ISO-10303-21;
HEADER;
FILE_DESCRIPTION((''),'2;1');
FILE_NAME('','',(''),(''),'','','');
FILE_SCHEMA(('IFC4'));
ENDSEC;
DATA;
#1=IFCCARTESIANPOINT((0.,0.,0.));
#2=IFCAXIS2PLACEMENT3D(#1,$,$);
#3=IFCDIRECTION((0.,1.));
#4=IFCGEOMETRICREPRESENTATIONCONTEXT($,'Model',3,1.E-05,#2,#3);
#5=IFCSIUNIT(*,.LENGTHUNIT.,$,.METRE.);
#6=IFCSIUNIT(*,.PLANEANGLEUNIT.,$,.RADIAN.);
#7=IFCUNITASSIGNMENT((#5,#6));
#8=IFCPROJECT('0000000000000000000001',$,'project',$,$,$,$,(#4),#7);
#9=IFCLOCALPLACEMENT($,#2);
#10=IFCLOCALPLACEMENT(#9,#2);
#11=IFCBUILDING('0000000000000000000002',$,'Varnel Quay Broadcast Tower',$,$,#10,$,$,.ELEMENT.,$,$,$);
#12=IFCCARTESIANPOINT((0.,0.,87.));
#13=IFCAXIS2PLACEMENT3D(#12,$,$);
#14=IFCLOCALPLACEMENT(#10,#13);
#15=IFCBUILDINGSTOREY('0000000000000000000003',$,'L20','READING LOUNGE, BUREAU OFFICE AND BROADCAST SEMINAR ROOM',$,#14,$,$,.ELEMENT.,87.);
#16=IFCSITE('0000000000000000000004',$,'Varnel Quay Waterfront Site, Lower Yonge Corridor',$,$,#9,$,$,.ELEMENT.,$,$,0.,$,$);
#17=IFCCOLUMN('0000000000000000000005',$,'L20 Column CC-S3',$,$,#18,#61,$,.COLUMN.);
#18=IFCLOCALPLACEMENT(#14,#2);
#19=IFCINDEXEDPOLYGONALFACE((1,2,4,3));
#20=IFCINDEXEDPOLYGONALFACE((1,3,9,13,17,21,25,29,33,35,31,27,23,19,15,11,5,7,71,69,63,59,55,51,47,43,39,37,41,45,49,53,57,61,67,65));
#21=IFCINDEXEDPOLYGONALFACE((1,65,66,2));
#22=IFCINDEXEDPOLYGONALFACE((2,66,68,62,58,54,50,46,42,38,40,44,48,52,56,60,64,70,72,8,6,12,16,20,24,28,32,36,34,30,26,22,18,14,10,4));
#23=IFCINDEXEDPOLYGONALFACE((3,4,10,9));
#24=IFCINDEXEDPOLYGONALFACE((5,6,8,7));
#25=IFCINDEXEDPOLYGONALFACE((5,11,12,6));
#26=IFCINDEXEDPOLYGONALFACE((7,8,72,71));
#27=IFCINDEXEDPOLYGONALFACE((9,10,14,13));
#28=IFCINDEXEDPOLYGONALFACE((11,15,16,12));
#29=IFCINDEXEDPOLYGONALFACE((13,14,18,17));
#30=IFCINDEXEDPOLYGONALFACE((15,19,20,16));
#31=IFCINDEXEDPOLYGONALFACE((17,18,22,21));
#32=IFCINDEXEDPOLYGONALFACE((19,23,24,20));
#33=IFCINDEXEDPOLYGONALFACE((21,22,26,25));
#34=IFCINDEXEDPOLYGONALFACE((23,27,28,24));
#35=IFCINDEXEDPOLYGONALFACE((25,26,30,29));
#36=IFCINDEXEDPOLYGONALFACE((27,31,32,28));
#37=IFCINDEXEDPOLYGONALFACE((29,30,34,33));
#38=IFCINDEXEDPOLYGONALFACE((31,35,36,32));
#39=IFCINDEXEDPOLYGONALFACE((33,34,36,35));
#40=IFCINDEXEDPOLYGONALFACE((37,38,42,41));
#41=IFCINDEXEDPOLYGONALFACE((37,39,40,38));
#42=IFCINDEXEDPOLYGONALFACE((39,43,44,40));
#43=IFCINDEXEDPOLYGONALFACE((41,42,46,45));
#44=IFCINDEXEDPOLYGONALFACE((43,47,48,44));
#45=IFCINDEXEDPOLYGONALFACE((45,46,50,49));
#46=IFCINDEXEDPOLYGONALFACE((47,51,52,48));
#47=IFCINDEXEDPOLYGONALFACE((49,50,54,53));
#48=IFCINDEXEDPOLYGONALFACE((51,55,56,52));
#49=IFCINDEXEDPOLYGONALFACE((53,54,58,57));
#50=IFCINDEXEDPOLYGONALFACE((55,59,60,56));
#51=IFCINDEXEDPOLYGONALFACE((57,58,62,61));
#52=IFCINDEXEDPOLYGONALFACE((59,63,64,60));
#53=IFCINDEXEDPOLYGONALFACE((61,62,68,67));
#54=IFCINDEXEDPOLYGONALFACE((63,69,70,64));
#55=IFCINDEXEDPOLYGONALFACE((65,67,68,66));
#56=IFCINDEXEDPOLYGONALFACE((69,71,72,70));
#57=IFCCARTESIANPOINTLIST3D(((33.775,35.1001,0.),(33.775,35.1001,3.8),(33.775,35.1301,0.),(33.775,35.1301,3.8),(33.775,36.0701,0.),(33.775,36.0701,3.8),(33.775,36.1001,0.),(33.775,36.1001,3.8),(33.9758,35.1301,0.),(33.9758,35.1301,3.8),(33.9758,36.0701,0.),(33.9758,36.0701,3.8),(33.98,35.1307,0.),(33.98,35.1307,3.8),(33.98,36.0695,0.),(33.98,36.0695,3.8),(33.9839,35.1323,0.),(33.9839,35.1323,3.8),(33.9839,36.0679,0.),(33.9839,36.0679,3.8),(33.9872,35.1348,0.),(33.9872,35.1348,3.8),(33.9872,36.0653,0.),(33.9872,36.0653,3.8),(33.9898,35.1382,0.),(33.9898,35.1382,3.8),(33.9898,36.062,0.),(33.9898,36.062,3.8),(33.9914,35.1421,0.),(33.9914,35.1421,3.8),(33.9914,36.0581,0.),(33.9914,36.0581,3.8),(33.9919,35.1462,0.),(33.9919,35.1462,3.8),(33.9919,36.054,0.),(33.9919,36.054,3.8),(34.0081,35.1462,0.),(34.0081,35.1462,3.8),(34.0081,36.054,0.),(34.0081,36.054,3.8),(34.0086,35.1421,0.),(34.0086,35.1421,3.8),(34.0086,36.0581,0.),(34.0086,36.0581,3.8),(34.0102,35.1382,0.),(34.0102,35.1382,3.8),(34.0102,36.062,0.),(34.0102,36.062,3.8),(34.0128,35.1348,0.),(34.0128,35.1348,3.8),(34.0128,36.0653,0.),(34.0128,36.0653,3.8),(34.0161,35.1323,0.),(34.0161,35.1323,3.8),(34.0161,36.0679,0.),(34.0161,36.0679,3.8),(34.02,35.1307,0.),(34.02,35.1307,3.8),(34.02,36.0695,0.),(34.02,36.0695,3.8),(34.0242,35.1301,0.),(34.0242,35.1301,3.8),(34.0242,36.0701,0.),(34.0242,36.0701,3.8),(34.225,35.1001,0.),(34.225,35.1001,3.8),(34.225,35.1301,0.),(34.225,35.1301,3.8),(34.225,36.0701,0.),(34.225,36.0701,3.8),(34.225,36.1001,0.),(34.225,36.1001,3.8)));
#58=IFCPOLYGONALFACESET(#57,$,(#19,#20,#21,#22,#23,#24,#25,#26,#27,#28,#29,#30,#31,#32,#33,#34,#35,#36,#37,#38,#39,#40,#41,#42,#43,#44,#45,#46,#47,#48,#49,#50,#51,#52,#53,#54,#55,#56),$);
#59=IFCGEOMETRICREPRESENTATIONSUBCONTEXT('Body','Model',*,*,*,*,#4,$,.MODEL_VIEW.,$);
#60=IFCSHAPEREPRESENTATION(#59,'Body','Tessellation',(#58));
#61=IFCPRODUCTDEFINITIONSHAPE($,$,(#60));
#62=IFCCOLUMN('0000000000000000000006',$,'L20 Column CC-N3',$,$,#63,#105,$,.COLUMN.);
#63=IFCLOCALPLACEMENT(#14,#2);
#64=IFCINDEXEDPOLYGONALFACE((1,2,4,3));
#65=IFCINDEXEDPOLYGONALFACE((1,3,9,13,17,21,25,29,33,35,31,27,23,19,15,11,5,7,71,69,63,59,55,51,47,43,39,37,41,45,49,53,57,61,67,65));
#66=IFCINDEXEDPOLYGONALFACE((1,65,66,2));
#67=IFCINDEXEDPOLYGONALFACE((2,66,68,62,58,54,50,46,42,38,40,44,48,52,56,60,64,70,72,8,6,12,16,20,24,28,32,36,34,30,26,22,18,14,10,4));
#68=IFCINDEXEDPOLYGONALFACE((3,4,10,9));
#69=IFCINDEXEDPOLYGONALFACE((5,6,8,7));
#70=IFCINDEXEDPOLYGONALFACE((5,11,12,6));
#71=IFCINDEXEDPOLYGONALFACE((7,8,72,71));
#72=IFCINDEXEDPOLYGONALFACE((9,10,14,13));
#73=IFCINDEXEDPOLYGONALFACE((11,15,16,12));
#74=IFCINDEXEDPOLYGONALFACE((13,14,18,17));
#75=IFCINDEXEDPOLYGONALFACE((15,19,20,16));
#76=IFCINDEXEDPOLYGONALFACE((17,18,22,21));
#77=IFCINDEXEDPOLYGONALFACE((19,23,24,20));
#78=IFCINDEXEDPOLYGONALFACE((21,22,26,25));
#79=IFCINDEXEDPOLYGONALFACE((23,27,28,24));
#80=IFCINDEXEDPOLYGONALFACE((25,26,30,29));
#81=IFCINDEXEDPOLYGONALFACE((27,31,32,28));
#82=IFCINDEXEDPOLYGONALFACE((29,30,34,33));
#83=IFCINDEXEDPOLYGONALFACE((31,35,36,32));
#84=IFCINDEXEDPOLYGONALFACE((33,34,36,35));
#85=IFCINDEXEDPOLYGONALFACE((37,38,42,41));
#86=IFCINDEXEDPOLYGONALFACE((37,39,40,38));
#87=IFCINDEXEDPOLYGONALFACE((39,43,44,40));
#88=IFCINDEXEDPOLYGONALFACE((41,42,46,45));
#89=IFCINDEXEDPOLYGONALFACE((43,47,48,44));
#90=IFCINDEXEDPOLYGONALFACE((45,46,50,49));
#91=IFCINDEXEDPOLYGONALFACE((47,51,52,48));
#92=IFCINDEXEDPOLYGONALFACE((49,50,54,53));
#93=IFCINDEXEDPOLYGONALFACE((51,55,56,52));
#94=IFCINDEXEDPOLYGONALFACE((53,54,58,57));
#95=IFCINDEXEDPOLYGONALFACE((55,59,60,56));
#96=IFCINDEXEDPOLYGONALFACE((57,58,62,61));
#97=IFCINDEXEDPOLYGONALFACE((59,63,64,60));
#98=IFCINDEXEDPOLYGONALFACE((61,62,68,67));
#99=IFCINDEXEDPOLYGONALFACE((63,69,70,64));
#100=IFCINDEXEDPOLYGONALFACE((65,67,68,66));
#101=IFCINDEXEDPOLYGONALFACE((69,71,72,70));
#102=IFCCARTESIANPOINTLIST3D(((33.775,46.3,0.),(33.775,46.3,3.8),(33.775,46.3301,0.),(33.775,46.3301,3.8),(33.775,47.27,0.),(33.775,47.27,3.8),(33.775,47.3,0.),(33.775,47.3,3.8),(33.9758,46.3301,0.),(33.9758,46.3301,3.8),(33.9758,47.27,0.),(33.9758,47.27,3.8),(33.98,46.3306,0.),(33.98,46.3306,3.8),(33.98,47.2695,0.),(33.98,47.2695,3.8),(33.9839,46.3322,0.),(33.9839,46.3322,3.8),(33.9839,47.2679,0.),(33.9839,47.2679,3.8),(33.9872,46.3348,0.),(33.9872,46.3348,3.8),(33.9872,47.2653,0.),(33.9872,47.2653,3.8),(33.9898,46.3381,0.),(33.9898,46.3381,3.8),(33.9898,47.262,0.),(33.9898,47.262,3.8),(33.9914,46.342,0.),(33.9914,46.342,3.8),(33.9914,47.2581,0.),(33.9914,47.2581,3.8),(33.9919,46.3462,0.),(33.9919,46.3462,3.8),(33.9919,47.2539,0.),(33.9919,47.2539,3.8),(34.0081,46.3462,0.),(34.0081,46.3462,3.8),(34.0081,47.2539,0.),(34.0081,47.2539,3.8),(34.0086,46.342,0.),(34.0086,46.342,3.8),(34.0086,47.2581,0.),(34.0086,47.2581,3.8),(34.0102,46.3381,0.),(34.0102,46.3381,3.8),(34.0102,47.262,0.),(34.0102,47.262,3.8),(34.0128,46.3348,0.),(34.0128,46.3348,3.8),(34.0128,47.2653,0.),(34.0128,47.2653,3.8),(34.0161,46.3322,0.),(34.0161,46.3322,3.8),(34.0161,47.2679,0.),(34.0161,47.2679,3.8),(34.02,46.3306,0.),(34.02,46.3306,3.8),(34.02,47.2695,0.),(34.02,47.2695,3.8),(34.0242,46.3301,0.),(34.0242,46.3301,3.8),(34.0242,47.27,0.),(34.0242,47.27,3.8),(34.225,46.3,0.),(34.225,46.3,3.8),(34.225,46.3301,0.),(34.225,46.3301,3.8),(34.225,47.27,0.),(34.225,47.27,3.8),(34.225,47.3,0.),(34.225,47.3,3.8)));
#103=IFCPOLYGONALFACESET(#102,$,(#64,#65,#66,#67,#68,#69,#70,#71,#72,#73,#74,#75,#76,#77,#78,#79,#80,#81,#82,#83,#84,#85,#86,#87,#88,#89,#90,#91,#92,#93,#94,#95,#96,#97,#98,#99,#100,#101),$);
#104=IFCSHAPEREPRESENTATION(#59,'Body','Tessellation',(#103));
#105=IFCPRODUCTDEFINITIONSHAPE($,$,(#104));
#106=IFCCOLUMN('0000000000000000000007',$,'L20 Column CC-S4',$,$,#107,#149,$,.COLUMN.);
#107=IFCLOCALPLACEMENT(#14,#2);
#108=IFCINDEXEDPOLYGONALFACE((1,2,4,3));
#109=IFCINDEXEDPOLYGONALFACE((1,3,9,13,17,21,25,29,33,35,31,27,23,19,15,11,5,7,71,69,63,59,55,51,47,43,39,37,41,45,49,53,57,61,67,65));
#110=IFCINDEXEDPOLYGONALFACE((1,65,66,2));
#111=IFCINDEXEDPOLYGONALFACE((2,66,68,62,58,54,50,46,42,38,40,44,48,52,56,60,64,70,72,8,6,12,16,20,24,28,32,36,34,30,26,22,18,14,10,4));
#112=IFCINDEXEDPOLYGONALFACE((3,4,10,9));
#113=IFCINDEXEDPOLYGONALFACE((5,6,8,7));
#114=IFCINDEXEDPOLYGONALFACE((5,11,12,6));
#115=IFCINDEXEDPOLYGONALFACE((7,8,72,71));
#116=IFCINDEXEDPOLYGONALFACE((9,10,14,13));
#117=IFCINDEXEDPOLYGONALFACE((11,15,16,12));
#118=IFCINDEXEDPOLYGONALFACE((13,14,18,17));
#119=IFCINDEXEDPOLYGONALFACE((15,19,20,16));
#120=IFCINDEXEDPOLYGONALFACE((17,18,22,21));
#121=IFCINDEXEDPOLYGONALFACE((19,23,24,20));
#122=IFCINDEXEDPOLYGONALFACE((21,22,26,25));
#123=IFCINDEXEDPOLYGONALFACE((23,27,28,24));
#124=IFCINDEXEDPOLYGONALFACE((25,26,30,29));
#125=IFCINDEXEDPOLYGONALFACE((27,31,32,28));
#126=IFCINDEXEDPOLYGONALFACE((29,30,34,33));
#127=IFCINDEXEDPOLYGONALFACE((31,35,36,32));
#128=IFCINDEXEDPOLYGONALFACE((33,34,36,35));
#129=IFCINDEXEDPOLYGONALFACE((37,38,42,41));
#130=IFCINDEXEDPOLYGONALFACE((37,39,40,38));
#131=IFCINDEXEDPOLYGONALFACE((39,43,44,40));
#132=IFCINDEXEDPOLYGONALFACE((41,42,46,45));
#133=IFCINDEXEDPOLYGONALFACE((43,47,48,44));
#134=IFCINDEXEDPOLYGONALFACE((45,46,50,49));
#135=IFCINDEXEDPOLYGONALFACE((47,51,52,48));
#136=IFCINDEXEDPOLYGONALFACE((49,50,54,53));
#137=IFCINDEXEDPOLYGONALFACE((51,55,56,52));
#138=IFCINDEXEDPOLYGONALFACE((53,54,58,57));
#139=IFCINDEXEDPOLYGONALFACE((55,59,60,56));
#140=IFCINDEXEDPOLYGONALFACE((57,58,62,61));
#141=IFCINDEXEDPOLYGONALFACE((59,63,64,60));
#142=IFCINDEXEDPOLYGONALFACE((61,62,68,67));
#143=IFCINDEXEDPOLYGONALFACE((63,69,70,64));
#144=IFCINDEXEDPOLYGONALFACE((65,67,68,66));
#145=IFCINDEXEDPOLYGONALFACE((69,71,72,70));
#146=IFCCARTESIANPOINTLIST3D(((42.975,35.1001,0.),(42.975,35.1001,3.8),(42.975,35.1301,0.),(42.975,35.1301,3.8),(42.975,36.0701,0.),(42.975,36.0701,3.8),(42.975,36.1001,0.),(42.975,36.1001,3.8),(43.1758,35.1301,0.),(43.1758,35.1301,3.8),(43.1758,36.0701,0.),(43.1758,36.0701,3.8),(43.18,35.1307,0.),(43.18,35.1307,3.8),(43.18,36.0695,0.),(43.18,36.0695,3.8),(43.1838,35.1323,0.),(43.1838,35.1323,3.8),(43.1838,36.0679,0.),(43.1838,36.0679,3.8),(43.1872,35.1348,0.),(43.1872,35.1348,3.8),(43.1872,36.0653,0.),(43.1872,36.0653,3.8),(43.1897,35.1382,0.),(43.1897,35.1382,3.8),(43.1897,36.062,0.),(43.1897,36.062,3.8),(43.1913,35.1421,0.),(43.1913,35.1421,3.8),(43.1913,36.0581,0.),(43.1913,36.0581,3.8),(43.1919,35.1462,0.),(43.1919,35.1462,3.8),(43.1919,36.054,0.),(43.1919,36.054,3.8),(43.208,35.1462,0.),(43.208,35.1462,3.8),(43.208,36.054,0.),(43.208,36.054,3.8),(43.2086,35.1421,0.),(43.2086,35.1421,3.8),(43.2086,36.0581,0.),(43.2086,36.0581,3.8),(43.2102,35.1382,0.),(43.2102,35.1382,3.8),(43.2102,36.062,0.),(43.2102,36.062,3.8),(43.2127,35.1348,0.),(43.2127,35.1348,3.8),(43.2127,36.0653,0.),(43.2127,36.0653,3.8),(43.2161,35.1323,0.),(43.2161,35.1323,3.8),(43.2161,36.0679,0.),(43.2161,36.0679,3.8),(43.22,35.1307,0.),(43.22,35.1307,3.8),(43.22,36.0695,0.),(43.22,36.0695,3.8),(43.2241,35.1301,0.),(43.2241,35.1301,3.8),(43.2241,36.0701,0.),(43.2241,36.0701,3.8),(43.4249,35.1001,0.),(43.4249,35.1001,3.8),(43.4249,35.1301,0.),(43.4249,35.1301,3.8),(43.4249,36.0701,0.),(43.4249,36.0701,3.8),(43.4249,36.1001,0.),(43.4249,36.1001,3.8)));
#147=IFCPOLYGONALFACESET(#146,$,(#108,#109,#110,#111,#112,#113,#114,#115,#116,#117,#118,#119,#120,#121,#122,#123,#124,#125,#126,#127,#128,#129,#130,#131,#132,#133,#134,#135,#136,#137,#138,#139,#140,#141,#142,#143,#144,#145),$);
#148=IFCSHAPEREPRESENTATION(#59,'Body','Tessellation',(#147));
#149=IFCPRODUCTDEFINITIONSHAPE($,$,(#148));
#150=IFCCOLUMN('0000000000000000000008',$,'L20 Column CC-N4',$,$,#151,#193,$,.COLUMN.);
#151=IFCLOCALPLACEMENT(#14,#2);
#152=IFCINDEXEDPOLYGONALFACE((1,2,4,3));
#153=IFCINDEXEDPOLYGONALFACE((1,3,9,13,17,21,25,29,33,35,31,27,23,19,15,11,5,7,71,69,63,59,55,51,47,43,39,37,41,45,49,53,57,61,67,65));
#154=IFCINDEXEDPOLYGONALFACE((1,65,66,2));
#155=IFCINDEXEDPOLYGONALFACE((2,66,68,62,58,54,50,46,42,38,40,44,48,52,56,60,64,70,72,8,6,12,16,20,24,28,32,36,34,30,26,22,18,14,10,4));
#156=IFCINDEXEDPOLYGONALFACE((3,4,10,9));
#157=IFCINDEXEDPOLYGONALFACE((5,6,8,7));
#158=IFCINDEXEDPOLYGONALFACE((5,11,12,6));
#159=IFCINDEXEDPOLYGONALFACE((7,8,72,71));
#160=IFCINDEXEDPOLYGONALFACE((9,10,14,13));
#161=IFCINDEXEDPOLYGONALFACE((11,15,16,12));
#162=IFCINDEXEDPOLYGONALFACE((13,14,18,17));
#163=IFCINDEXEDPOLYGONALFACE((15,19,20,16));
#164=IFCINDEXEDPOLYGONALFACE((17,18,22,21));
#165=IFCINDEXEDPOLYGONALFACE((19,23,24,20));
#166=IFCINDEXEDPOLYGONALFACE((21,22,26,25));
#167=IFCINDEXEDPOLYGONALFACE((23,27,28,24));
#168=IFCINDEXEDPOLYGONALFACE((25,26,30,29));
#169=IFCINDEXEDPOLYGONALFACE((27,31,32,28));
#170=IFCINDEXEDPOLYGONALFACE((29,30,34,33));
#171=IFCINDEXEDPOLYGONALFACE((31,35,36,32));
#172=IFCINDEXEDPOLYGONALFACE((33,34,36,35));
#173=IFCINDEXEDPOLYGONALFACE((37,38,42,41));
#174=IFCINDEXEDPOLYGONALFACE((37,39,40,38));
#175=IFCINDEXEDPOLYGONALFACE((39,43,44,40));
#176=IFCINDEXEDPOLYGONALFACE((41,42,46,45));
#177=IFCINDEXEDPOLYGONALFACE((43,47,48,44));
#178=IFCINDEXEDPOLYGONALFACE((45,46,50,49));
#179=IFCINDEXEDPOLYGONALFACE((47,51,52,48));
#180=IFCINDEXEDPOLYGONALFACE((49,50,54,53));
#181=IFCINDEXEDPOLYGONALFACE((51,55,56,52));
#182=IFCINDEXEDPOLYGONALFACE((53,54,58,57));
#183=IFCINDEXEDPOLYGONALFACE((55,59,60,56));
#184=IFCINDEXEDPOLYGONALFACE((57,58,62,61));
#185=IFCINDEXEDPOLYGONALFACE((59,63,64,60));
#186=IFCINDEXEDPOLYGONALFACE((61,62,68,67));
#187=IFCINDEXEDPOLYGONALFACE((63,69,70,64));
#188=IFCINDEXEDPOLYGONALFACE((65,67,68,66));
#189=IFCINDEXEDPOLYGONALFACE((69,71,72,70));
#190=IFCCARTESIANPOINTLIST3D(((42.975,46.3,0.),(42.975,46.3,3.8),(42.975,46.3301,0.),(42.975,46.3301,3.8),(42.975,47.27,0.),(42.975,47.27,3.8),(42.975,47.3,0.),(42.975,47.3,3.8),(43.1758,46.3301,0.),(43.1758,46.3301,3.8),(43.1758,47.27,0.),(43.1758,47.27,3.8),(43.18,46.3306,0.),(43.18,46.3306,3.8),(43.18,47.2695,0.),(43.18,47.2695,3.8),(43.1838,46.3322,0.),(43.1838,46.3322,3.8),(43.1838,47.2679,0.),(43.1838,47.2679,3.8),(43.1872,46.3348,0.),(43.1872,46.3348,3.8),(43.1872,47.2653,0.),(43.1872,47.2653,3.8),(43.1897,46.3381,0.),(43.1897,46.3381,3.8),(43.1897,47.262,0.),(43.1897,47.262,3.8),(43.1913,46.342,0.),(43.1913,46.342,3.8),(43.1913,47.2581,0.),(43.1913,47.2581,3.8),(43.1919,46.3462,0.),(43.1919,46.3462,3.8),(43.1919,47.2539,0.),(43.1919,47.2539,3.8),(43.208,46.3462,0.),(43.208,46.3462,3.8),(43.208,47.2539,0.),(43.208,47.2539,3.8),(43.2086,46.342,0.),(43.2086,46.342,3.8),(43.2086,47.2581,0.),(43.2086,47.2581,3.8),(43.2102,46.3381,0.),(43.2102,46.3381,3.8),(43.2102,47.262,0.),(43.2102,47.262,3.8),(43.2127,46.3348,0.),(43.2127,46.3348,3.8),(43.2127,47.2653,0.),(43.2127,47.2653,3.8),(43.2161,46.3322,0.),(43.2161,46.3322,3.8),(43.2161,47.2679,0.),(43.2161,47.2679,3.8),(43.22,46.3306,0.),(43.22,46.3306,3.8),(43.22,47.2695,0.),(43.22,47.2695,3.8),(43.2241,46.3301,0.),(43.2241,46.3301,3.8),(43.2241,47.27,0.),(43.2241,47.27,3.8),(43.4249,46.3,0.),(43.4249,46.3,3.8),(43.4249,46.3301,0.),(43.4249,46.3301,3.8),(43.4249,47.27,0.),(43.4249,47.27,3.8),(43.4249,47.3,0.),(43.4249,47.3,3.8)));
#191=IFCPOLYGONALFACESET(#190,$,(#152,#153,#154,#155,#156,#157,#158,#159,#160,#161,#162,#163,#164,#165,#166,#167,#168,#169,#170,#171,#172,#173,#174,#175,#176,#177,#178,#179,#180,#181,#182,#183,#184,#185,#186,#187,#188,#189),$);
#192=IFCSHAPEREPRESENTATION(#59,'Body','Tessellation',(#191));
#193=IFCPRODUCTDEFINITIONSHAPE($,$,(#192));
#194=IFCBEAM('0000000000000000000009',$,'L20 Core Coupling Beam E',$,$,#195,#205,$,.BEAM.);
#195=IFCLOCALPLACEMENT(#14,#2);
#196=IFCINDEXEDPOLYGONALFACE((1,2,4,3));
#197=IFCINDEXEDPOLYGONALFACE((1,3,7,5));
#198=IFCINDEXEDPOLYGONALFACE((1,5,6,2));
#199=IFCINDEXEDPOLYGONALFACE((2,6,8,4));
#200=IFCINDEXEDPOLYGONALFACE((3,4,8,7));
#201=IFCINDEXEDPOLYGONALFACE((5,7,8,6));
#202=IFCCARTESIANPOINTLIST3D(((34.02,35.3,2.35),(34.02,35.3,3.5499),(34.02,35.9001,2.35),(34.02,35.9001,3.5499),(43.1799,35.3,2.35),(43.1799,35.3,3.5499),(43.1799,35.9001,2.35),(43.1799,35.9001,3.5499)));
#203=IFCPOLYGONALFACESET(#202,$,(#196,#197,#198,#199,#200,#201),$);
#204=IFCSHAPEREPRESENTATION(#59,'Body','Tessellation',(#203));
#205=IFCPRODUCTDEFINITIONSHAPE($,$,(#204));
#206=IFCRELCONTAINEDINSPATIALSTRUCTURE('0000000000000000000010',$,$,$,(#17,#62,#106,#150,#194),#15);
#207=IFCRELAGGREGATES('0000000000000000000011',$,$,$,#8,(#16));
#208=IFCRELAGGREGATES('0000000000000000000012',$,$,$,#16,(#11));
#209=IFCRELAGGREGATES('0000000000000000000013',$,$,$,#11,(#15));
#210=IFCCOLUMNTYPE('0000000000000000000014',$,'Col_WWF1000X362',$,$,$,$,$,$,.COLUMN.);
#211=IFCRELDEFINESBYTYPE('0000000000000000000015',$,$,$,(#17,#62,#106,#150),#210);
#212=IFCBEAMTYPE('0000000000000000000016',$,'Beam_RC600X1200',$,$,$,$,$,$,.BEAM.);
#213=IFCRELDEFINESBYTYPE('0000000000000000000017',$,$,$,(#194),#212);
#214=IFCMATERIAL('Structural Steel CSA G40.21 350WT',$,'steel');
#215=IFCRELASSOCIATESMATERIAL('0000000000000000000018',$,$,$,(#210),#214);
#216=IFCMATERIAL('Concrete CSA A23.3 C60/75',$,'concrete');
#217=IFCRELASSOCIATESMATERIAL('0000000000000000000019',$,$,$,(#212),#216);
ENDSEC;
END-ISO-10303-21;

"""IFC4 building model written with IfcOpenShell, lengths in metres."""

from ifc_helpers import new_model, si_unit, direction, frame, origin, origin_2d, place, context, subcontext, project, spatial, rectangle, i_section, extrude, source, transform, mapped, material, material_profile, profile_set, type_object, type_shapes, element, save


model = new_model("IFC4")

# Units and contexts
model_context = context("Model", 3, precision=1e-05, world=origin(), true_north=direction((0.0, 1.0)))
body_context = subcontext(model_context, "Body", "Model", "MODEL_VIEW")
ifc_project = project(units=[si_unit("LENGTHUNIT", "METRE"), si_unit("PLANEANGLEUNIT", "RADIAN")], contexts=[model_context])

# Site, building, storey
site_placement = place(None, origin())
site = spatial("IfcSite", under=ifc_project, at=site_placement, Name="Varnel Quay Waterfront Site, Lower Yonge Corridor", CompositionType="ELEMENT", RefElevation=0.0)
building_placement = place(site_placement, origin())
building = spatial("IfcBuilding", under=site, at=building_placement, Name="Varnel Quay Broadcast Tower", CompositionType="ELEMENT")
storey_placement = place(building_placement, frame((0.0, 0.0, 87.0)))
storey = spatial("IfcBuildingStorey", under=building, at=storey_placement, Name="L20", Description="READING LOUNGE, BUREAU OFFICE AND BROADCAST SEMINAR ROOM", CompositionType="ELEMENT", Elevation=87.0)

# Columns
ifc_material_1 = material(Name="Structural Steel CSA G40.21 350WT", Category="steel")
ifc_material_profile_1 = material_profile(ifc_material_1, i_section(OverallWidth=0.45, OverallDepth=1.0, WebThickness=0.0161, FlangeThickness=0.03, FilletRadius=0.0161, at=origin_2d()), Name="WWF1000X362")
ifc_profile_set_1 = profile_set([ifc_material_profile_1], Name="Structural Steel CSA G40.21 350WT")
column_type = type_object("IfcColumnType", Name="Col_WWF1000X362", PredefinedType="COLUMN", material=ifc_profile_set_1)
shared_shape_1 = source(origin(), body_context, "Body", "SweptSolid", [
    extrude(i_section(OverallWidth=0.45, OverallDepth=1.0, WebThickness=0.0161, FlangeThickness=0.03, FilletRadius=0.0161, at=origin_2d()), origin(), (0.0, 0.0, 1.0), 3.8),
])
type_shapes(column_type, [shared_shape_1])
for number, where, z_axis, x_axis, name in (
    (1, (34.0, 35.6001, 0.0), (0.0, 0.0, 1.0), (1.0, 0.0, 0.0), "L20 Column CC-S3"),
    (2, (34.0, 46.8, 0.0), (0.0, 0.0, 1.0), (1.0, 0.0, 0.0), "L20 Column CC-N3"),
    (3, (43.2, 35.6001, 0.0), (0.0, 0.0, 1.0), (1.0, 0.0, 0.0), "L20 Column CC-S4"),
    (4, (43.2, 46.8, 0.0), (0.0, 0.0, 1.0), (1.0, 0.0, 0.0), "L20 Column CC-N4"),
):
    element("IfcColumn", number, at=place(storey_placement, frame(where, z_axis=z_axis, x_axis=x_axis)), inside=storey, type_object=column_type, Name=name, PredefinedType="COLUMN", context=body_context, shape_type="MappedRepresentation", body=[
        mapped(shared_shape_1, transform((0.0, 0.0, 0.0), x_axis=(1.0, 0.0, 0.0), y_axis=(0.0, 1.0, 0.0), z_axis=(0.0, 0.0, 1.0), scale=1.0)),
    ])

# Beam
ifc_material_2 = material(Name="Concrete CSA A23.3 C60/75", Category="concrete")
ifc_material_profile_2 = material_profile(ifc_material_2, rectangle(XDim=0.6001, YDim=1.2, at=origin_2d()), Name="RC600X1200")
ifc_profile_set_2 = profile_set([ifc_material_profile_2], Name="Concrete CSA A23.3 C60/75")
beam_type_1 = type_object("IfcBeamType", Name="Beam_RC600X1200", PredefinedType="BEAM", material=ifc_profile_set_2)
shared_shape_2 = source(origin(), body_context, "Body", "SweptSolid", [
    extrude(rectangle(XDim=0.6001, YDim=1.2, at=origin_2d()), origin(), (0.0, 0.0, 1.0), 9.1599),
])
type_shapes(beam_type_1, [shared_shape_2])
beam_1_placement = place(storey_placement, frame((34.02, 35.6001, 2.95), z_axis=(1.0, 0.0, 0.0), x_axis=(0.0, 1.0, 0.0)))
element("IfcBeam", 5, at=beam_1_placement, inside=storey, type_object=beam_type_1, Name="L20 Core Coupling Beam E", PredefinedType="BEAM", context=body_context, shape_type="MappedRepresentation", body=[
    mapped(shared_shape_2, transform((0.0, 0.0, 0.0), x_axis=(1.0, 0.0, 0.0), y_axis=(0.0, 1.0, 0.0), z_axis=(0.0, 0.0, 1.0), scale=1.0)),
])

save(model, "model.ifc")
